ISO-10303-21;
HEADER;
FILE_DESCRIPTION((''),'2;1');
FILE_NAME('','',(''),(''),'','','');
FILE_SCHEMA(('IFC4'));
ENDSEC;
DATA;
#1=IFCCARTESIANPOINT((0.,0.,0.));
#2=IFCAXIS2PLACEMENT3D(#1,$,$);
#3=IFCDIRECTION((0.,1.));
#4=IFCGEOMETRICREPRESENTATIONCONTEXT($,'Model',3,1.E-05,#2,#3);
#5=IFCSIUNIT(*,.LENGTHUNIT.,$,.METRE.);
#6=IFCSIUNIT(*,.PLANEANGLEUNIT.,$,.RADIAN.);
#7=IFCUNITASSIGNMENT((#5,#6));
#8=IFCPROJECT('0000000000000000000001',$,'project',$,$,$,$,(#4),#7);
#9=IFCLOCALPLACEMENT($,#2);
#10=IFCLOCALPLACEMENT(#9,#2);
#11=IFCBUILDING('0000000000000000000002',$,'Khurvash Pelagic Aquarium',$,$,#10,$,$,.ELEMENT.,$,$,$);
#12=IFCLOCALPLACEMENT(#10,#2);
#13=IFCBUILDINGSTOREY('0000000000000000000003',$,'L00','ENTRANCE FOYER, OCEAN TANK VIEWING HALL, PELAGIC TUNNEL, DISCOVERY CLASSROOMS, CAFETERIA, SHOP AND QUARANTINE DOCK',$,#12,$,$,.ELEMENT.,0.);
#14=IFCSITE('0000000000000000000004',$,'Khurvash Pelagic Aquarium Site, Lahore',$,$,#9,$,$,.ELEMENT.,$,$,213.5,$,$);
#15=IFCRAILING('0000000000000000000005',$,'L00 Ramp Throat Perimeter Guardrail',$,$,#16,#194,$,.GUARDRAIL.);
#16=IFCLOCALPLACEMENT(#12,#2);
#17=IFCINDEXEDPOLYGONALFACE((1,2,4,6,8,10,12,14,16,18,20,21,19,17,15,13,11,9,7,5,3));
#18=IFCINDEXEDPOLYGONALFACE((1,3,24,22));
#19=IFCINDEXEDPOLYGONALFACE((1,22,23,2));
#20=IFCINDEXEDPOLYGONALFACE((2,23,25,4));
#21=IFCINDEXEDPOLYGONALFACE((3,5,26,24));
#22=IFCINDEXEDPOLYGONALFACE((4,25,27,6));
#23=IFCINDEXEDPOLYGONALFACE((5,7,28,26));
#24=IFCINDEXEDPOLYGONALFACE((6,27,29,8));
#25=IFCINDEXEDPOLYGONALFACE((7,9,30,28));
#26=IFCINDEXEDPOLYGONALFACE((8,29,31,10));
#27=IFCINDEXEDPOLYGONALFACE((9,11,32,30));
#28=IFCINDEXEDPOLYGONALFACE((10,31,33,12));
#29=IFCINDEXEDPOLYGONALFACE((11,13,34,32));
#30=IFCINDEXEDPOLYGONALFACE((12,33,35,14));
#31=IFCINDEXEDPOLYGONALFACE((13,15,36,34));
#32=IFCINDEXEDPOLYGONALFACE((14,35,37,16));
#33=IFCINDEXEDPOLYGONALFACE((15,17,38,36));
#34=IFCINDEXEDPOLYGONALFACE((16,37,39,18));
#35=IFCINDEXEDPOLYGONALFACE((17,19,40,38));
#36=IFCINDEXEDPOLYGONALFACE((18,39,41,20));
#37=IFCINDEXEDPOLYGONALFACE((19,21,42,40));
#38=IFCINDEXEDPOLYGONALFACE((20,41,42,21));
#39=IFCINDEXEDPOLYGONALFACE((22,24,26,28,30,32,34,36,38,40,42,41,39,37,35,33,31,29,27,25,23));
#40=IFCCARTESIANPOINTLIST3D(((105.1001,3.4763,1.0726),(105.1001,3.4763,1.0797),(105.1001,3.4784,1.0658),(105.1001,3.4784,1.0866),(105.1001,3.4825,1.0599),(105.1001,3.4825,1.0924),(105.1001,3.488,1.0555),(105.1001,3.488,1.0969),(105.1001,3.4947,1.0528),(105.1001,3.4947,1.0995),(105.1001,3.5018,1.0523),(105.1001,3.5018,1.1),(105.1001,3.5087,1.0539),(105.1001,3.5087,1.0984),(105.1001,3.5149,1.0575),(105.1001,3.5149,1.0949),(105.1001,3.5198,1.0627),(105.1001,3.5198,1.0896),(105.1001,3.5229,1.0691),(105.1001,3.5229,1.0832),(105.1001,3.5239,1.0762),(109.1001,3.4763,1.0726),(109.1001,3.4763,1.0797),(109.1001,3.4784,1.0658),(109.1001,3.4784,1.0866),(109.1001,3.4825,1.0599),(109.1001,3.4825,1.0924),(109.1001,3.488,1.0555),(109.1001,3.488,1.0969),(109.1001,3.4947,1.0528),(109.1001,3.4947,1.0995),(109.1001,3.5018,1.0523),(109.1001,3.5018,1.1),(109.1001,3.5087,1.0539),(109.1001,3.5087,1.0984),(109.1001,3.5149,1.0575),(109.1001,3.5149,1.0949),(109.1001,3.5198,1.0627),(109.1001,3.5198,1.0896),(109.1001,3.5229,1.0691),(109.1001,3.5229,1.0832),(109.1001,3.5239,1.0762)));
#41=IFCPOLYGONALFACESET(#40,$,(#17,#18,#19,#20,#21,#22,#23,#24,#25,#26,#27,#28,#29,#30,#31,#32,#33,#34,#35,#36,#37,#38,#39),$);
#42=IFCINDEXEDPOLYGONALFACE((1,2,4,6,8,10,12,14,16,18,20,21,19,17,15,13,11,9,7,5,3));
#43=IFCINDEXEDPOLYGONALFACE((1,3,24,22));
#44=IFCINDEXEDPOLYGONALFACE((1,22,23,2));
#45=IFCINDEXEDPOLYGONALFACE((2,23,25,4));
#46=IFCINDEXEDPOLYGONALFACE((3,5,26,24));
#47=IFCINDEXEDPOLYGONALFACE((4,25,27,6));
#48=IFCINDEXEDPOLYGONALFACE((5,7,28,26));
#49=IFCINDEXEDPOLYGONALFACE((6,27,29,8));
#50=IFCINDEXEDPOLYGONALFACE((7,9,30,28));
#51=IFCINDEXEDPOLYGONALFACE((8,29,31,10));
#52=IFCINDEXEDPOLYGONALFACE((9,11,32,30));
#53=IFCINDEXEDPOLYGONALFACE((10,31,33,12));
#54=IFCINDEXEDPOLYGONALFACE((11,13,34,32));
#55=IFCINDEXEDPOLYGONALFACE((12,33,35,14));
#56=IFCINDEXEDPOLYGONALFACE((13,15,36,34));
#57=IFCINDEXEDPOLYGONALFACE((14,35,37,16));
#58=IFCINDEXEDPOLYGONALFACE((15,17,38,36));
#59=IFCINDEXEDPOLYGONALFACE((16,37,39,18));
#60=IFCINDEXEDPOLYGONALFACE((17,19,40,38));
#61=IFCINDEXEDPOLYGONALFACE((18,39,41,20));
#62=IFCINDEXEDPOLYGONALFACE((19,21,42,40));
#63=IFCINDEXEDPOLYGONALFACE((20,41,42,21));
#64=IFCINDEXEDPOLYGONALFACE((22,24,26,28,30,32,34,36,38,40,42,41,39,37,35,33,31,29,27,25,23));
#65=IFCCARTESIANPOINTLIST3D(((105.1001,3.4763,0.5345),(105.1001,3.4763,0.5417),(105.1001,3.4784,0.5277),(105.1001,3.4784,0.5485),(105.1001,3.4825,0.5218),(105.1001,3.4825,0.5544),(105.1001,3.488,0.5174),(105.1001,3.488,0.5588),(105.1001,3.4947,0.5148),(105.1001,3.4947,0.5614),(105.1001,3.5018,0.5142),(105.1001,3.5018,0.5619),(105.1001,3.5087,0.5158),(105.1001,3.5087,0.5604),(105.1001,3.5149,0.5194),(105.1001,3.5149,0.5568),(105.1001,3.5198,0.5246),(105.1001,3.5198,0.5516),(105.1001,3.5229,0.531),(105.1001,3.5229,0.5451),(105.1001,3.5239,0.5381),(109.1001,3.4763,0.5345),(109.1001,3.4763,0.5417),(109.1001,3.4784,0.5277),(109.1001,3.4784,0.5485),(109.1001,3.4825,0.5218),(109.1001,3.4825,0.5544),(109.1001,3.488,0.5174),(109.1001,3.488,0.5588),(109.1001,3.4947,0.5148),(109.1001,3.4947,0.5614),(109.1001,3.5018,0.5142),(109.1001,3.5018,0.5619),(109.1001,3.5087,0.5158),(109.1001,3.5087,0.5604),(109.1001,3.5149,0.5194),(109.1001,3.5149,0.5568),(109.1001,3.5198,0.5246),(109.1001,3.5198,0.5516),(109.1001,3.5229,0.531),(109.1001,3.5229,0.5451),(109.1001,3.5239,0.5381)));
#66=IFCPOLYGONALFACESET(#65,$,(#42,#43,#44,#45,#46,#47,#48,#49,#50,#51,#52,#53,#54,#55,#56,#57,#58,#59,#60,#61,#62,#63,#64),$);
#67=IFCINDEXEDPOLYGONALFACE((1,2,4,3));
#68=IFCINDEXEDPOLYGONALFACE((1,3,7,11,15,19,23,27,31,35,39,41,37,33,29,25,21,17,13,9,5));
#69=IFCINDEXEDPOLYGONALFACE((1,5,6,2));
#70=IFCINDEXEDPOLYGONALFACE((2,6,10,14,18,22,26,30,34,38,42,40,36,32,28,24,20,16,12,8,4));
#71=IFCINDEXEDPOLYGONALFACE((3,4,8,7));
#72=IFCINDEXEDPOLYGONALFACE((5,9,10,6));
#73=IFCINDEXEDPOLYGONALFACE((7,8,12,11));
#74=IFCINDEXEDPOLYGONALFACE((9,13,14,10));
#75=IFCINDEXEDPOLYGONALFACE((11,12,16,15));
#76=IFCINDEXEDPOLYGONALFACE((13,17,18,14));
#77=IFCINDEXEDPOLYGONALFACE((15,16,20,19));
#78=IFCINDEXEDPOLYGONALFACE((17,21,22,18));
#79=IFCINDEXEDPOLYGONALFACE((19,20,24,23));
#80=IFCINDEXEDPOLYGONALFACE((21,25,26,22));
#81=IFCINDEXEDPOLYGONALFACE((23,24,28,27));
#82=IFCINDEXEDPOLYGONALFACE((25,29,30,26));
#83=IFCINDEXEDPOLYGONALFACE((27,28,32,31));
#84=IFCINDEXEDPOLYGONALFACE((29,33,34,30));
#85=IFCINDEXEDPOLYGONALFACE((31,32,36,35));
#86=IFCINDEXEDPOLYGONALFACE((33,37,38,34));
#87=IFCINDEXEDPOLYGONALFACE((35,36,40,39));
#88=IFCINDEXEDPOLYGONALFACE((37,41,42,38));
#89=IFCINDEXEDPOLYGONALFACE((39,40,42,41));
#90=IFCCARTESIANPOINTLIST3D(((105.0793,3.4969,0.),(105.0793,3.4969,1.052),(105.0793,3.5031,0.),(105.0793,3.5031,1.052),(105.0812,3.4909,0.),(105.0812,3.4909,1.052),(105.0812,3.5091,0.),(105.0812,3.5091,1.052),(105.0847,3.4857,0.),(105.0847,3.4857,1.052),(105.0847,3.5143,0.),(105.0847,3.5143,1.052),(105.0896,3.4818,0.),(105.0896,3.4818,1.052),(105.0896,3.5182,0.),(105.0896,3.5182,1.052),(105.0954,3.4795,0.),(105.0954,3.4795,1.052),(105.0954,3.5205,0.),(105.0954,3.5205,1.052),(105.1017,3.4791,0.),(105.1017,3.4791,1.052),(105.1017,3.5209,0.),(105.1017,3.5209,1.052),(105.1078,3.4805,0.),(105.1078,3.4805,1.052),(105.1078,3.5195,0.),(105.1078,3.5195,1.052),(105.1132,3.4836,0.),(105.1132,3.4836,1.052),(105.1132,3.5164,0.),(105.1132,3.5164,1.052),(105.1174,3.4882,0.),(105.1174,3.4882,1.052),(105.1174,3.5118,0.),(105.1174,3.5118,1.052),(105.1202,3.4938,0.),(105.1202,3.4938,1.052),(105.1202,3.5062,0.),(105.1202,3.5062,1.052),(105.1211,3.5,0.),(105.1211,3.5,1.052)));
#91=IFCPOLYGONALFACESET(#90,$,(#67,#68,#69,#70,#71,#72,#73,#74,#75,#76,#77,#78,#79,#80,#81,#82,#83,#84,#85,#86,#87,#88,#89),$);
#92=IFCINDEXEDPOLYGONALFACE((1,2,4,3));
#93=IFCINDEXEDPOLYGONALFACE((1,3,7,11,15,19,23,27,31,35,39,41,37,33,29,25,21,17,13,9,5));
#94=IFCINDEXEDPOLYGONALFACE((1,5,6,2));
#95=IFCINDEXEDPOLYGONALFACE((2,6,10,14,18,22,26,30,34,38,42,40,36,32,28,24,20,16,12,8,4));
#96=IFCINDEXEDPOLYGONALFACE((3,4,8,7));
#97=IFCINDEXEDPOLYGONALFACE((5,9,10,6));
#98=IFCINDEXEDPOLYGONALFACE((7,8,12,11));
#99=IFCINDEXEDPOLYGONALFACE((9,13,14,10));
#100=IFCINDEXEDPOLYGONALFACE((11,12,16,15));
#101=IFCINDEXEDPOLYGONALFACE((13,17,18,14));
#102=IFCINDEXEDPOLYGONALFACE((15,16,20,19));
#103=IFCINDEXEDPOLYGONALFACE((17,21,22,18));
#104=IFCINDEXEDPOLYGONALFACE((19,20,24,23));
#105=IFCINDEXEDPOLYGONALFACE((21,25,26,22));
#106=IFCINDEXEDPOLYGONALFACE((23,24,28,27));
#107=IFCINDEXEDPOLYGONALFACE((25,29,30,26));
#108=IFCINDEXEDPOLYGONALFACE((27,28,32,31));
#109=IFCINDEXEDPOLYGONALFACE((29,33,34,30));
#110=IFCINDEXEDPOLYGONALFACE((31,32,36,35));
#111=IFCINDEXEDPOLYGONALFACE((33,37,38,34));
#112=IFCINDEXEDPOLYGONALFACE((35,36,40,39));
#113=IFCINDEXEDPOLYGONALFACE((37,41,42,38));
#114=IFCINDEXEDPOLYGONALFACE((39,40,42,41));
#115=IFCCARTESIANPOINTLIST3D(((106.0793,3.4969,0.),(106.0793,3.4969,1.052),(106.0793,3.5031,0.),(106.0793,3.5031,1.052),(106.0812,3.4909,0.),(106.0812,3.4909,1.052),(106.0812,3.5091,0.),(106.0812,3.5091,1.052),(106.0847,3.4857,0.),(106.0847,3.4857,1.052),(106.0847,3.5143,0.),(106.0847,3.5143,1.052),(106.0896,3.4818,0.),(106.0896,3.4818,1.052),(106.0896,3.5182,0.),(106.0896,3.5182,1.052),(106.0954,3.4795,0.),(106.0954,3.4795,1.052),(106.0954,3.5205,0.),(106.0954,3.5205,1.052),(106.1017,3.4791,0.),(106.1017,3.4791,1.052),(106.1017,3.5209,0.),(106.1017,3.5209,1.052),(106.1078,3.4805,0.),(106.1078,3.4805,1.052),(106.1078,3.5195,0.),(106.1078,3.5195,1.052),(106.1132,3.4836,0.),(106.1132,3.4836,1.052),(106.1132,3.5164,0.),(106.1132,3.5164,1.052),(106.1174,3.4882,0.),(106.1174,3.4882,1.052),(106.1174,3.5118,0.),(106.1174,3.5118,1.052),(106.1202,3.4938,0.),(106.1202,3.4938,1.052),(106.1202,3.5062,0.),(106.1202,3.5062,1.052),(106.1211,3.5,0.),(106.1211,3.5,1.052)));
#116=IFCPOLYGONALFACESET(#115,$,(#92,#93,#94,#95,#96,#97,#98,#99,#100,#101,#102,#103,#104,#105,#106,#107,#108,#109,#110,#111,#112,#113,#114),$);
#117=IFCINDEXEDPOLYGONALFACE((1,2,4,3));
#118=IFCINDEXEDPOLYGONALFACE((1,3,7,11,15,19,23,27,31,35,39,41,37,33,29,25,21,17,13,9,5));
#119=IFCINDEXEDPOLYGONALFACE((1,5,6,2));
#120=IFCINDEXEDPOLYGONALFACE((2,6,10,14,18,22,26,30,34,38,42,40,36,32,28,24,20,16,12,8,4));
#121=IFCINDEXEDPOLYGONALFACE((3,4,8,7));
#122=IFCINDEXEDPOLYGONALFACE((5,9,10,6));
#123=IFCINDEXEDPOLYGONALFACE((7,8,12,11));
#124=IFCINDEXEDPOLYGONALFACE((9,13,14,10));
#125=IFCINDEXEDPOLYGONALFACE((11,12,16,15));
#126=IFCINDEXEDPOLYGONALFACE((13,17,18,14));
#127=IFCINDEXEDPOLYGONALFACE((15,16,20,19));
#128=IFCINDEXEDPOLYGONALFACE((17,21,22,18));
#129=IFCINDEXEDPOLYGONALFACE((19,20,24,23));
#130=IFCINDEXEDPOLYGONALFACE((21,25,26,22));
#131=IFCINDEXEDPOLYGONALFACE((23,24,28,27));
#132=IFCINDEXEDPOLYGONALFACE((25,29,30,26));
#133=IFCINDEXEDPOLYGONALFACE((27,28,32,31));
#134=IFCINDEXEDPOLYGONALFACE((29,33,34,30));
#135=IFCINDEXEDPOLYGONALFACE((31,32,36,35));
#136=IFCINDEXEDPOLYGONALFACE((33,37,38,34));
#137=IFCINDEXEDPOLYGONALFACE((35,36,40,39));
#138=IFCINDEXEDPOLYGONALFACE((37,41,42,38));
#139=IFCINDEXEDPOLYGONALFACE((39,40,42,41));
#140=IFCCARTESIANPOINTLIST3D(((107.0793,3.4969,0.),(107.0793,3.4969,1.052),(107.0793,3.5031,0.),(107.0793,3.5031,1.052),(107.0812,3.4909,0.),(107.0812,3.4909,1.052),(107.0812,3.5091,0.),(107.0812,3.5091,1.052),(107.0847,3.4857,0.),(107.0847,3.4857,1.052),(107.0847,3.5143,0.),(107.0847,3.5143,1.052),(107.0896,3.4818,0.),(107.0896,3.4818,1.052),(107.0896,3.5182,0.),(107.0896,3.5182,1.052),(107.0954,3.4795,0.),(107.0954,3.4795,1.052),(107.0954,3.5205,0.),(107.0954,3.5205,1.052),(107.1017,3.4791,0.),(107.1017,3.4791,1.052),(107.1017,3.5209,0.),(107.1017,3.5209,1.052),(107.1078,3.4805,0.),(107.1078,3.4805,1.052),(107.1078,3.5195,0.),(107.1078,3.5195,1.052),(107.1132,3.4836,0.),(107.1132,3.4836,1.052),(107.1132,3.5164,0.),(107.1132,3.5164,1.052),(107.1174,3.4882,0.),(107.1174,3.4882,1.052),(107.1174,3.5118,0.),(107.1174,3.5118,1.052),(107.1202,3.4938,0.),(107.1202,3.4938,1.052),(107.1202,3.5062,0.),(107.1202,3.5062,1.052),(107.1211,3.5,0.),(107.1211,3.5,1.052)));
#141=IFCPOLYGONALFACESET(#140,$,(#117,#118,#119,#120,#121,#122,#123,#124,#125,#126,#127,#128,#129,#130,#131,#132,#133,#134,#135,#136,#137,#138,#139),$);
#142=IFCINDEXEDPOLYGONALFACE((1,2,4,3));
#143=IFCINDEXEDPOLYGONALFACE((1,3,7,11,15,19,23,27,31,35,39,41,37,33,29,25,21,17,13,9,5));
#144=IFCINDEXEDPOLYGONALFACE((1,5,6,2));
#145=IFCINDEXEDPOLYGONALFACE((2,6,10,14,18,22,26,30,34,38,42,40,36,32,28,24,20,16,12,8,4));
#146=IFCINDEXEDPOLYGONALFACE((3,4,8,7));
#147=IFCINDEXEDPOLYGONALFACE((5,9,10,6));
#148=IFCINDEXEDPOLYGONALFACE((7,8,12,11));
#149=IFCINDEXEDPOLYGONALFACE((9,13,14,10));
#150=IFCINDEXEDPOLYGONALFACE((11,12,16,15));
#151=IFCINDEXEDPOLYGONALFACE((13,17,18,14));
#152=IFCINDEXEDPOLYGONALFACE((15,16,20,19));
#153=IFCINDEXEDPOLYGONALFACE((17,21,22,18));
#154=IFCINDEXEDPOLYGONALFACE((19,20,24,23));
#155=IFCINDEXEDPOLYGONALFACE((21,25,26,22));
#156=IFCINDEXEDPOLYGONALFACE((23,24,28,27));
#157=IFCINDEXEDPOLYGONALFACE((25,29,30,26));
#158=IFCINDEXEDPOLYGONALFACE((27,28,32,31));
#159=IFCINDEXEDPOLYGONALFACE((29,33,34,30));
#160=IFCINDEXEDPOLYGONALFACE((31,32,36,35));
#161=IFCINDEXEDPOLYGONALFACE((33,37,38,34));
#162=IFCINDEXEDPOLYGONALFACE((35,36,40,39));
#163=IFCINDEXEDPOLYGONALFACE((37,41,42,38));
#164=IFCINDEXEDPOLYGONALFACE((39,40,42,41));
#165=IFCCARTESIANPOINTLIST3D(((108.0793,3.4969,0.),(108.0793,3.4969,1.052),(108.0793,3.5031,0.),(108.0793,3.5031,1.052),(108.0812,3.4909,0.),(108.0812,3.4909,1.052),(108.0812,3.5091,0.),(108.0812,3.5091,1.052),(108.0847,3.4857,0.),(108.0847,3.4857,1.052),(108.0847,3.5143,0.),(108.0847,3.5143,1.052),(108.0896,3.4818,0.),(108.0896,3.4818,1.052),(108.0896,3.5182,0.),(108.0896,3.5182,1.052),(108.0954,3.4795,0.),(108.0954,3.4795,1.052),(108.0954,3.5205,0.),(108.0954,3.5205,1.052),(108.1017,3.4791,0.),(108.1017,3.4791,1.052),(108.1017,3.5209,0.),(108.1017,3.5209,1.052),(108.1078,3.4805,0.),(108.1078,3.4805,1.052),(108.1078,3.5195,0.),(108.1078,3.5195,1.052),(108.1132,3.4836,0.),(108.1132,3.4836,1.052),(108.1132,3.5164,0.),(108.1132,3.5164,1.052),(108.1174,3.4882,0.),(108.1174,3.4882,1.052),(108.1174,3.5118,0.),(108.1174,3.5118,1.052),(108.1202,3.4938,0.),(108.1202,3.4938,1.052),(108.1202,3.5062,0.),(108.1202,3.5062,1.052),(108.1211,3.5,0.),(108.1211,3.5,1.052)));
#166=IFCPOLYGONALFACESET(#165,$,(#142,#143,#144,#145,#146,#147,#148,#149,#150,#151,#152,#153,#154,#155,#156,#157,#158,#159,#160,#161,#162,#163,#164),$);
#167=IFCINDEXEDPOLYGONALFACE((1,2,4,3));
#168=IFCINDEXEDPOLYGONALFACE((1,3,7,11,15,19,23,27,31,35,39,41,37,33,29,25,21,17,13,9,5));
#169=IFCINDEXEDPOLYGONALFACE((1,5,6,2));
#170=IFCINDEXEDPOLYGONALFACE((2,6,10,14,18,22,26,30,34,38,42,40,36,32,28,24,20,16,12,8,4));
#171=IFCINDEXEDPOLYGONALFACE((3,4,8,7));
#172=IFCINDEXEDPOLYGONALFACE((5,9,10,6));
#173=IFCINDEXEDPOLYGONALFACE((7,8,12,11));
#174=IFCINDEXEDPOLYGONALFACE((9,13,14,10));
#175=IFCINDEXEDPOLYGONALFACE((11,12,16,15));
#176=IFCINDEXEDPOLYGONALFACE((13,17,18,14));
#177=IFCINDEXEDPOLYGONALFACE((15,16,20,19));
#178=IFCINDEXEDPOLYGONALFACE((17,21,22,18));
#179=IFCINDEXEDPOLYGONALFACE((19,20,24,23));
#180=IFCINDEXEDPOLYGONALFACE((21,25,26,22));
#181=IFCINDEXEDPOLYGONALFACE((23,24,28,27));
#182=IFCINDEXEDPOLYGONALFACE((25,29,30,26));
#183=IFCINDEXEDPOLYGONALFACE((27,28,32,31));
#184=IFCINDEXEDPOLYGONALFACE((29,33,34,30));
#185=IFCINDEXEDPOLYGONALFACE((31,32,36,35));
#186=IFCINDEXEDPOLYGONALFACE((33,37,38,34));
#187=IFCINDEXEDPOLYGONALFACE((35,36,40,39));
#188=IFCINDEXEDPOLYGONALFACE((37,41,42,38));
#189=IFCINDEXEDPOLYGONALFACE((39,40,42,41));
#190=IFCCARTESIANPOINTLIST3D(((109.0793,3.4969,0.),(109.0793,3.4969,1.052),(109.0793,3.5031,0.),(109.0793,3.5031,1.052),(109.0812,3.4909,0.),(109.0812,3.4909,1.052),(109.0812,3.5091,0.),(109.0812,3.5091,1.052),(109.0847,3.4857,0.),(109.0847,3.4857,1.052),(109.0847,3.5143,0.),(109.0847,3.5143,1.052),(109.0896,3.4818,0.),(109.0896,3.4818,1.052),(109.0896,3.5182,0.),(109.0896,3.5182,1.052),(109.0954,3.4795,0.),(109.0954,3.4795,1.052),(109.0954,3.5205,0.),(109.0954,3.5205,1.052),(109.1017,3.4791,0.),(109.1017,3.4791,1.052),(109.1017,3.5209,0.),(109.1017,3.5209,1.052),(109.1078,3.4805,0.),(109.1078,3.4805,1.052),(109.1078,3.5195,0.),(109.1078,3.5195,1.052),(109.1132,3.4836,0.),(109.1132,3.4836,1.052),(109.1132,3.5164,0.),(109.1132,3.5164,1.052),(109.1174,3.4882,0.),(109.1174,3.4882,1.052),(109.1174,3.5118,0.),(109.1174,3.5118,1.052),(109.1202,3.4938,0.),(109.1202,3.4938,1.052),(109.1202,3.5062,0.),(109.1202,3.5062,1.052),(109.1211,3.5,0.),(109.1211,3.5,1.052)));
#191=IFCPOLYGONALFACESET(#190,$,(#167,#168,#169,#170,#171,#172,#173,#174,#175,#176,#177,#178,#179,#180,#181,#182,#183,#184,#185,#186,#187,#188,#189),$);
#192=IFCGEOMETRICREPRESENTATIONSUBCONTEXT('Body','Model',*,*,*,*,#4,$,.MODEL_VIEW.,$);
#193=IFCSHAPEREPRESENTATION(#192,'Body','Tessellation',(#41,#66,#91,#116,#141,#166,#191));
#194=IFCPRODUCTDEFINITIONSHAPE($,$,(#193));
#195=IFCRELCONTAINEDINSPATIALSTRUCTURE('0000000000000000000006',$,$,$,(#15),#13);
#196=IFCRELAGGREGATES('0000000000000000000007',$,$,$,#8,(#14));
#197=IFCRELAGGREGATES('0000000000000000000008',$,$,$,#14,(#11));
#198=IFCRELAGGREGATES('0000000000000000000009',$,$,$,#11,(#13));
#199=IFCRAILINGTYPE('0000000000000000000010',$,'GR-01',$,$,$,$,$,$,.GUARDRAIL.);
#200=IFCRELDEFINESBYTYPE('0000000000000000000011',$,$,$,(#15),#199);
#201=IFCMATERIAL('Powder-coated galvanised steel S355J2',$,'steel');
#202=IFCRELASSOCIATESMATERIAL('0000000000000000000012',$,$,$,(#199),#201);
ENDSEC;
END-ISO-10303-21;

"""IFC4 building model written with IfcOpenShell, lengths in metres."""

from ifc_helpers import new_model, si_unit, direction, frame, origin, origin_2d, place, context, subcontext, project, spatial, circle, extrude, material, type_object, element, save


model = new_model("IFC4")

# Units and contexts
model_context = context("Model", 3, precision=1e-05, world=origin(), true_north=direction((0.0, 1.0)))
body_context = subcontext(model_context, "Body", "Model", "MODEL_VIEW")
ifc_project = project(units=[si_unit("LENGTHUNIT", "METRE"), si_unit("PLANEANGLEUNIT", "RADIAN")], contexts=[model_context])

# Site, building, storey
site_placement = place(None, origin())
site = spatial("IfcSite", under=ifc_project, at=site_placement, Name="Khurvash Pelagic Aquarium Site, Lahore", CompositionType="ELEMENT", RefElevation=213.5)
building_placement = place(site_placement, origin())
building = spatial("IfcBuilding", under=site, at=building_placement, Name="Khurvash Pelagic Aquarium", CompositionType="ELEMENT")
storey_placement = place(building_placement, origin())
storey = spatial("IfcBuildingStorey", under=building, at=storey_placement, Name="L00", Description="ENTRANCE FOYER, OCEAN TANK VIEWING HALL, PELAGIC TUNNEL, DISCOVERY CLASSROOMS, CAFETERIA, SHOP AND QUARANTINE DOCK", CompositionType="ELEMENT", Elevation=0.0)

# Railing
ifc_material_1 = material(Name="Powder-coated galvanised steel S355J2", Category="steel")
railing_type = type_object("IfcRailingType", Name="GR-01", PredefinedType="GUARDRAIL", material=ifc_material_1)
railing_1_placement = place(storey_placement, frame((105.1001, 3.5, 0.0)))
element("IfcRailing", 1, at=railing_1_placement, inside=storey, type_object=railing_type, Name="L00 Ramp Throat Perimeter Guardrail", PredefinedType="GUARDRAIL", context=body_context, shape_type="SweptSolid", body=[
    extrude(circle(Radius=0.0239, at=origin_2d()), frame((0.0, 0.0, 1.0762), z_axis=(1.0, 0.0, 0.0), x_axis=(0.0, 1.0, 0.0)), (0.0, 0.0, 1.0), 4.0),
    extrude(circle(Radius=0.0239, at=origin_2d()), frame((0.0, 0.0, 0.5381), z_axis=(1.0, 0.0, 0.0), x_axis=(0.0, 1.0, 0.0)), (0.0, 0.0, 1.0), 4.0),
    extrude(circle(Radius=0.021, at=origin_2d()), origin(), (0.0, 0.0, 1.0), 1.052),
    extrude(circle(Radius=0.021, at=origin_2d()), frame((1.0, 0.0, 0.0)), (0.0, 0.0, 1.0), 1.052),
    extrude(circle(Radius=0.021, at=origin_2d()), frame((2.0, 0.0, 0.0)), (0.0, 0.0, 1.0), 1.052),
    extrude(circle(Radius=0.021, at=origin_2d()), frame((3.0, 0.0, 0.0)), (0.0, 0.0, 1.0), 1.052),
    extrude(circle(Radius=0.021, at=origin_2d()), frame((4.0, 0.0, 0.0)), (0.0, 0.0, 1.0), 1.052),
])

save(model, "model.ifc")
